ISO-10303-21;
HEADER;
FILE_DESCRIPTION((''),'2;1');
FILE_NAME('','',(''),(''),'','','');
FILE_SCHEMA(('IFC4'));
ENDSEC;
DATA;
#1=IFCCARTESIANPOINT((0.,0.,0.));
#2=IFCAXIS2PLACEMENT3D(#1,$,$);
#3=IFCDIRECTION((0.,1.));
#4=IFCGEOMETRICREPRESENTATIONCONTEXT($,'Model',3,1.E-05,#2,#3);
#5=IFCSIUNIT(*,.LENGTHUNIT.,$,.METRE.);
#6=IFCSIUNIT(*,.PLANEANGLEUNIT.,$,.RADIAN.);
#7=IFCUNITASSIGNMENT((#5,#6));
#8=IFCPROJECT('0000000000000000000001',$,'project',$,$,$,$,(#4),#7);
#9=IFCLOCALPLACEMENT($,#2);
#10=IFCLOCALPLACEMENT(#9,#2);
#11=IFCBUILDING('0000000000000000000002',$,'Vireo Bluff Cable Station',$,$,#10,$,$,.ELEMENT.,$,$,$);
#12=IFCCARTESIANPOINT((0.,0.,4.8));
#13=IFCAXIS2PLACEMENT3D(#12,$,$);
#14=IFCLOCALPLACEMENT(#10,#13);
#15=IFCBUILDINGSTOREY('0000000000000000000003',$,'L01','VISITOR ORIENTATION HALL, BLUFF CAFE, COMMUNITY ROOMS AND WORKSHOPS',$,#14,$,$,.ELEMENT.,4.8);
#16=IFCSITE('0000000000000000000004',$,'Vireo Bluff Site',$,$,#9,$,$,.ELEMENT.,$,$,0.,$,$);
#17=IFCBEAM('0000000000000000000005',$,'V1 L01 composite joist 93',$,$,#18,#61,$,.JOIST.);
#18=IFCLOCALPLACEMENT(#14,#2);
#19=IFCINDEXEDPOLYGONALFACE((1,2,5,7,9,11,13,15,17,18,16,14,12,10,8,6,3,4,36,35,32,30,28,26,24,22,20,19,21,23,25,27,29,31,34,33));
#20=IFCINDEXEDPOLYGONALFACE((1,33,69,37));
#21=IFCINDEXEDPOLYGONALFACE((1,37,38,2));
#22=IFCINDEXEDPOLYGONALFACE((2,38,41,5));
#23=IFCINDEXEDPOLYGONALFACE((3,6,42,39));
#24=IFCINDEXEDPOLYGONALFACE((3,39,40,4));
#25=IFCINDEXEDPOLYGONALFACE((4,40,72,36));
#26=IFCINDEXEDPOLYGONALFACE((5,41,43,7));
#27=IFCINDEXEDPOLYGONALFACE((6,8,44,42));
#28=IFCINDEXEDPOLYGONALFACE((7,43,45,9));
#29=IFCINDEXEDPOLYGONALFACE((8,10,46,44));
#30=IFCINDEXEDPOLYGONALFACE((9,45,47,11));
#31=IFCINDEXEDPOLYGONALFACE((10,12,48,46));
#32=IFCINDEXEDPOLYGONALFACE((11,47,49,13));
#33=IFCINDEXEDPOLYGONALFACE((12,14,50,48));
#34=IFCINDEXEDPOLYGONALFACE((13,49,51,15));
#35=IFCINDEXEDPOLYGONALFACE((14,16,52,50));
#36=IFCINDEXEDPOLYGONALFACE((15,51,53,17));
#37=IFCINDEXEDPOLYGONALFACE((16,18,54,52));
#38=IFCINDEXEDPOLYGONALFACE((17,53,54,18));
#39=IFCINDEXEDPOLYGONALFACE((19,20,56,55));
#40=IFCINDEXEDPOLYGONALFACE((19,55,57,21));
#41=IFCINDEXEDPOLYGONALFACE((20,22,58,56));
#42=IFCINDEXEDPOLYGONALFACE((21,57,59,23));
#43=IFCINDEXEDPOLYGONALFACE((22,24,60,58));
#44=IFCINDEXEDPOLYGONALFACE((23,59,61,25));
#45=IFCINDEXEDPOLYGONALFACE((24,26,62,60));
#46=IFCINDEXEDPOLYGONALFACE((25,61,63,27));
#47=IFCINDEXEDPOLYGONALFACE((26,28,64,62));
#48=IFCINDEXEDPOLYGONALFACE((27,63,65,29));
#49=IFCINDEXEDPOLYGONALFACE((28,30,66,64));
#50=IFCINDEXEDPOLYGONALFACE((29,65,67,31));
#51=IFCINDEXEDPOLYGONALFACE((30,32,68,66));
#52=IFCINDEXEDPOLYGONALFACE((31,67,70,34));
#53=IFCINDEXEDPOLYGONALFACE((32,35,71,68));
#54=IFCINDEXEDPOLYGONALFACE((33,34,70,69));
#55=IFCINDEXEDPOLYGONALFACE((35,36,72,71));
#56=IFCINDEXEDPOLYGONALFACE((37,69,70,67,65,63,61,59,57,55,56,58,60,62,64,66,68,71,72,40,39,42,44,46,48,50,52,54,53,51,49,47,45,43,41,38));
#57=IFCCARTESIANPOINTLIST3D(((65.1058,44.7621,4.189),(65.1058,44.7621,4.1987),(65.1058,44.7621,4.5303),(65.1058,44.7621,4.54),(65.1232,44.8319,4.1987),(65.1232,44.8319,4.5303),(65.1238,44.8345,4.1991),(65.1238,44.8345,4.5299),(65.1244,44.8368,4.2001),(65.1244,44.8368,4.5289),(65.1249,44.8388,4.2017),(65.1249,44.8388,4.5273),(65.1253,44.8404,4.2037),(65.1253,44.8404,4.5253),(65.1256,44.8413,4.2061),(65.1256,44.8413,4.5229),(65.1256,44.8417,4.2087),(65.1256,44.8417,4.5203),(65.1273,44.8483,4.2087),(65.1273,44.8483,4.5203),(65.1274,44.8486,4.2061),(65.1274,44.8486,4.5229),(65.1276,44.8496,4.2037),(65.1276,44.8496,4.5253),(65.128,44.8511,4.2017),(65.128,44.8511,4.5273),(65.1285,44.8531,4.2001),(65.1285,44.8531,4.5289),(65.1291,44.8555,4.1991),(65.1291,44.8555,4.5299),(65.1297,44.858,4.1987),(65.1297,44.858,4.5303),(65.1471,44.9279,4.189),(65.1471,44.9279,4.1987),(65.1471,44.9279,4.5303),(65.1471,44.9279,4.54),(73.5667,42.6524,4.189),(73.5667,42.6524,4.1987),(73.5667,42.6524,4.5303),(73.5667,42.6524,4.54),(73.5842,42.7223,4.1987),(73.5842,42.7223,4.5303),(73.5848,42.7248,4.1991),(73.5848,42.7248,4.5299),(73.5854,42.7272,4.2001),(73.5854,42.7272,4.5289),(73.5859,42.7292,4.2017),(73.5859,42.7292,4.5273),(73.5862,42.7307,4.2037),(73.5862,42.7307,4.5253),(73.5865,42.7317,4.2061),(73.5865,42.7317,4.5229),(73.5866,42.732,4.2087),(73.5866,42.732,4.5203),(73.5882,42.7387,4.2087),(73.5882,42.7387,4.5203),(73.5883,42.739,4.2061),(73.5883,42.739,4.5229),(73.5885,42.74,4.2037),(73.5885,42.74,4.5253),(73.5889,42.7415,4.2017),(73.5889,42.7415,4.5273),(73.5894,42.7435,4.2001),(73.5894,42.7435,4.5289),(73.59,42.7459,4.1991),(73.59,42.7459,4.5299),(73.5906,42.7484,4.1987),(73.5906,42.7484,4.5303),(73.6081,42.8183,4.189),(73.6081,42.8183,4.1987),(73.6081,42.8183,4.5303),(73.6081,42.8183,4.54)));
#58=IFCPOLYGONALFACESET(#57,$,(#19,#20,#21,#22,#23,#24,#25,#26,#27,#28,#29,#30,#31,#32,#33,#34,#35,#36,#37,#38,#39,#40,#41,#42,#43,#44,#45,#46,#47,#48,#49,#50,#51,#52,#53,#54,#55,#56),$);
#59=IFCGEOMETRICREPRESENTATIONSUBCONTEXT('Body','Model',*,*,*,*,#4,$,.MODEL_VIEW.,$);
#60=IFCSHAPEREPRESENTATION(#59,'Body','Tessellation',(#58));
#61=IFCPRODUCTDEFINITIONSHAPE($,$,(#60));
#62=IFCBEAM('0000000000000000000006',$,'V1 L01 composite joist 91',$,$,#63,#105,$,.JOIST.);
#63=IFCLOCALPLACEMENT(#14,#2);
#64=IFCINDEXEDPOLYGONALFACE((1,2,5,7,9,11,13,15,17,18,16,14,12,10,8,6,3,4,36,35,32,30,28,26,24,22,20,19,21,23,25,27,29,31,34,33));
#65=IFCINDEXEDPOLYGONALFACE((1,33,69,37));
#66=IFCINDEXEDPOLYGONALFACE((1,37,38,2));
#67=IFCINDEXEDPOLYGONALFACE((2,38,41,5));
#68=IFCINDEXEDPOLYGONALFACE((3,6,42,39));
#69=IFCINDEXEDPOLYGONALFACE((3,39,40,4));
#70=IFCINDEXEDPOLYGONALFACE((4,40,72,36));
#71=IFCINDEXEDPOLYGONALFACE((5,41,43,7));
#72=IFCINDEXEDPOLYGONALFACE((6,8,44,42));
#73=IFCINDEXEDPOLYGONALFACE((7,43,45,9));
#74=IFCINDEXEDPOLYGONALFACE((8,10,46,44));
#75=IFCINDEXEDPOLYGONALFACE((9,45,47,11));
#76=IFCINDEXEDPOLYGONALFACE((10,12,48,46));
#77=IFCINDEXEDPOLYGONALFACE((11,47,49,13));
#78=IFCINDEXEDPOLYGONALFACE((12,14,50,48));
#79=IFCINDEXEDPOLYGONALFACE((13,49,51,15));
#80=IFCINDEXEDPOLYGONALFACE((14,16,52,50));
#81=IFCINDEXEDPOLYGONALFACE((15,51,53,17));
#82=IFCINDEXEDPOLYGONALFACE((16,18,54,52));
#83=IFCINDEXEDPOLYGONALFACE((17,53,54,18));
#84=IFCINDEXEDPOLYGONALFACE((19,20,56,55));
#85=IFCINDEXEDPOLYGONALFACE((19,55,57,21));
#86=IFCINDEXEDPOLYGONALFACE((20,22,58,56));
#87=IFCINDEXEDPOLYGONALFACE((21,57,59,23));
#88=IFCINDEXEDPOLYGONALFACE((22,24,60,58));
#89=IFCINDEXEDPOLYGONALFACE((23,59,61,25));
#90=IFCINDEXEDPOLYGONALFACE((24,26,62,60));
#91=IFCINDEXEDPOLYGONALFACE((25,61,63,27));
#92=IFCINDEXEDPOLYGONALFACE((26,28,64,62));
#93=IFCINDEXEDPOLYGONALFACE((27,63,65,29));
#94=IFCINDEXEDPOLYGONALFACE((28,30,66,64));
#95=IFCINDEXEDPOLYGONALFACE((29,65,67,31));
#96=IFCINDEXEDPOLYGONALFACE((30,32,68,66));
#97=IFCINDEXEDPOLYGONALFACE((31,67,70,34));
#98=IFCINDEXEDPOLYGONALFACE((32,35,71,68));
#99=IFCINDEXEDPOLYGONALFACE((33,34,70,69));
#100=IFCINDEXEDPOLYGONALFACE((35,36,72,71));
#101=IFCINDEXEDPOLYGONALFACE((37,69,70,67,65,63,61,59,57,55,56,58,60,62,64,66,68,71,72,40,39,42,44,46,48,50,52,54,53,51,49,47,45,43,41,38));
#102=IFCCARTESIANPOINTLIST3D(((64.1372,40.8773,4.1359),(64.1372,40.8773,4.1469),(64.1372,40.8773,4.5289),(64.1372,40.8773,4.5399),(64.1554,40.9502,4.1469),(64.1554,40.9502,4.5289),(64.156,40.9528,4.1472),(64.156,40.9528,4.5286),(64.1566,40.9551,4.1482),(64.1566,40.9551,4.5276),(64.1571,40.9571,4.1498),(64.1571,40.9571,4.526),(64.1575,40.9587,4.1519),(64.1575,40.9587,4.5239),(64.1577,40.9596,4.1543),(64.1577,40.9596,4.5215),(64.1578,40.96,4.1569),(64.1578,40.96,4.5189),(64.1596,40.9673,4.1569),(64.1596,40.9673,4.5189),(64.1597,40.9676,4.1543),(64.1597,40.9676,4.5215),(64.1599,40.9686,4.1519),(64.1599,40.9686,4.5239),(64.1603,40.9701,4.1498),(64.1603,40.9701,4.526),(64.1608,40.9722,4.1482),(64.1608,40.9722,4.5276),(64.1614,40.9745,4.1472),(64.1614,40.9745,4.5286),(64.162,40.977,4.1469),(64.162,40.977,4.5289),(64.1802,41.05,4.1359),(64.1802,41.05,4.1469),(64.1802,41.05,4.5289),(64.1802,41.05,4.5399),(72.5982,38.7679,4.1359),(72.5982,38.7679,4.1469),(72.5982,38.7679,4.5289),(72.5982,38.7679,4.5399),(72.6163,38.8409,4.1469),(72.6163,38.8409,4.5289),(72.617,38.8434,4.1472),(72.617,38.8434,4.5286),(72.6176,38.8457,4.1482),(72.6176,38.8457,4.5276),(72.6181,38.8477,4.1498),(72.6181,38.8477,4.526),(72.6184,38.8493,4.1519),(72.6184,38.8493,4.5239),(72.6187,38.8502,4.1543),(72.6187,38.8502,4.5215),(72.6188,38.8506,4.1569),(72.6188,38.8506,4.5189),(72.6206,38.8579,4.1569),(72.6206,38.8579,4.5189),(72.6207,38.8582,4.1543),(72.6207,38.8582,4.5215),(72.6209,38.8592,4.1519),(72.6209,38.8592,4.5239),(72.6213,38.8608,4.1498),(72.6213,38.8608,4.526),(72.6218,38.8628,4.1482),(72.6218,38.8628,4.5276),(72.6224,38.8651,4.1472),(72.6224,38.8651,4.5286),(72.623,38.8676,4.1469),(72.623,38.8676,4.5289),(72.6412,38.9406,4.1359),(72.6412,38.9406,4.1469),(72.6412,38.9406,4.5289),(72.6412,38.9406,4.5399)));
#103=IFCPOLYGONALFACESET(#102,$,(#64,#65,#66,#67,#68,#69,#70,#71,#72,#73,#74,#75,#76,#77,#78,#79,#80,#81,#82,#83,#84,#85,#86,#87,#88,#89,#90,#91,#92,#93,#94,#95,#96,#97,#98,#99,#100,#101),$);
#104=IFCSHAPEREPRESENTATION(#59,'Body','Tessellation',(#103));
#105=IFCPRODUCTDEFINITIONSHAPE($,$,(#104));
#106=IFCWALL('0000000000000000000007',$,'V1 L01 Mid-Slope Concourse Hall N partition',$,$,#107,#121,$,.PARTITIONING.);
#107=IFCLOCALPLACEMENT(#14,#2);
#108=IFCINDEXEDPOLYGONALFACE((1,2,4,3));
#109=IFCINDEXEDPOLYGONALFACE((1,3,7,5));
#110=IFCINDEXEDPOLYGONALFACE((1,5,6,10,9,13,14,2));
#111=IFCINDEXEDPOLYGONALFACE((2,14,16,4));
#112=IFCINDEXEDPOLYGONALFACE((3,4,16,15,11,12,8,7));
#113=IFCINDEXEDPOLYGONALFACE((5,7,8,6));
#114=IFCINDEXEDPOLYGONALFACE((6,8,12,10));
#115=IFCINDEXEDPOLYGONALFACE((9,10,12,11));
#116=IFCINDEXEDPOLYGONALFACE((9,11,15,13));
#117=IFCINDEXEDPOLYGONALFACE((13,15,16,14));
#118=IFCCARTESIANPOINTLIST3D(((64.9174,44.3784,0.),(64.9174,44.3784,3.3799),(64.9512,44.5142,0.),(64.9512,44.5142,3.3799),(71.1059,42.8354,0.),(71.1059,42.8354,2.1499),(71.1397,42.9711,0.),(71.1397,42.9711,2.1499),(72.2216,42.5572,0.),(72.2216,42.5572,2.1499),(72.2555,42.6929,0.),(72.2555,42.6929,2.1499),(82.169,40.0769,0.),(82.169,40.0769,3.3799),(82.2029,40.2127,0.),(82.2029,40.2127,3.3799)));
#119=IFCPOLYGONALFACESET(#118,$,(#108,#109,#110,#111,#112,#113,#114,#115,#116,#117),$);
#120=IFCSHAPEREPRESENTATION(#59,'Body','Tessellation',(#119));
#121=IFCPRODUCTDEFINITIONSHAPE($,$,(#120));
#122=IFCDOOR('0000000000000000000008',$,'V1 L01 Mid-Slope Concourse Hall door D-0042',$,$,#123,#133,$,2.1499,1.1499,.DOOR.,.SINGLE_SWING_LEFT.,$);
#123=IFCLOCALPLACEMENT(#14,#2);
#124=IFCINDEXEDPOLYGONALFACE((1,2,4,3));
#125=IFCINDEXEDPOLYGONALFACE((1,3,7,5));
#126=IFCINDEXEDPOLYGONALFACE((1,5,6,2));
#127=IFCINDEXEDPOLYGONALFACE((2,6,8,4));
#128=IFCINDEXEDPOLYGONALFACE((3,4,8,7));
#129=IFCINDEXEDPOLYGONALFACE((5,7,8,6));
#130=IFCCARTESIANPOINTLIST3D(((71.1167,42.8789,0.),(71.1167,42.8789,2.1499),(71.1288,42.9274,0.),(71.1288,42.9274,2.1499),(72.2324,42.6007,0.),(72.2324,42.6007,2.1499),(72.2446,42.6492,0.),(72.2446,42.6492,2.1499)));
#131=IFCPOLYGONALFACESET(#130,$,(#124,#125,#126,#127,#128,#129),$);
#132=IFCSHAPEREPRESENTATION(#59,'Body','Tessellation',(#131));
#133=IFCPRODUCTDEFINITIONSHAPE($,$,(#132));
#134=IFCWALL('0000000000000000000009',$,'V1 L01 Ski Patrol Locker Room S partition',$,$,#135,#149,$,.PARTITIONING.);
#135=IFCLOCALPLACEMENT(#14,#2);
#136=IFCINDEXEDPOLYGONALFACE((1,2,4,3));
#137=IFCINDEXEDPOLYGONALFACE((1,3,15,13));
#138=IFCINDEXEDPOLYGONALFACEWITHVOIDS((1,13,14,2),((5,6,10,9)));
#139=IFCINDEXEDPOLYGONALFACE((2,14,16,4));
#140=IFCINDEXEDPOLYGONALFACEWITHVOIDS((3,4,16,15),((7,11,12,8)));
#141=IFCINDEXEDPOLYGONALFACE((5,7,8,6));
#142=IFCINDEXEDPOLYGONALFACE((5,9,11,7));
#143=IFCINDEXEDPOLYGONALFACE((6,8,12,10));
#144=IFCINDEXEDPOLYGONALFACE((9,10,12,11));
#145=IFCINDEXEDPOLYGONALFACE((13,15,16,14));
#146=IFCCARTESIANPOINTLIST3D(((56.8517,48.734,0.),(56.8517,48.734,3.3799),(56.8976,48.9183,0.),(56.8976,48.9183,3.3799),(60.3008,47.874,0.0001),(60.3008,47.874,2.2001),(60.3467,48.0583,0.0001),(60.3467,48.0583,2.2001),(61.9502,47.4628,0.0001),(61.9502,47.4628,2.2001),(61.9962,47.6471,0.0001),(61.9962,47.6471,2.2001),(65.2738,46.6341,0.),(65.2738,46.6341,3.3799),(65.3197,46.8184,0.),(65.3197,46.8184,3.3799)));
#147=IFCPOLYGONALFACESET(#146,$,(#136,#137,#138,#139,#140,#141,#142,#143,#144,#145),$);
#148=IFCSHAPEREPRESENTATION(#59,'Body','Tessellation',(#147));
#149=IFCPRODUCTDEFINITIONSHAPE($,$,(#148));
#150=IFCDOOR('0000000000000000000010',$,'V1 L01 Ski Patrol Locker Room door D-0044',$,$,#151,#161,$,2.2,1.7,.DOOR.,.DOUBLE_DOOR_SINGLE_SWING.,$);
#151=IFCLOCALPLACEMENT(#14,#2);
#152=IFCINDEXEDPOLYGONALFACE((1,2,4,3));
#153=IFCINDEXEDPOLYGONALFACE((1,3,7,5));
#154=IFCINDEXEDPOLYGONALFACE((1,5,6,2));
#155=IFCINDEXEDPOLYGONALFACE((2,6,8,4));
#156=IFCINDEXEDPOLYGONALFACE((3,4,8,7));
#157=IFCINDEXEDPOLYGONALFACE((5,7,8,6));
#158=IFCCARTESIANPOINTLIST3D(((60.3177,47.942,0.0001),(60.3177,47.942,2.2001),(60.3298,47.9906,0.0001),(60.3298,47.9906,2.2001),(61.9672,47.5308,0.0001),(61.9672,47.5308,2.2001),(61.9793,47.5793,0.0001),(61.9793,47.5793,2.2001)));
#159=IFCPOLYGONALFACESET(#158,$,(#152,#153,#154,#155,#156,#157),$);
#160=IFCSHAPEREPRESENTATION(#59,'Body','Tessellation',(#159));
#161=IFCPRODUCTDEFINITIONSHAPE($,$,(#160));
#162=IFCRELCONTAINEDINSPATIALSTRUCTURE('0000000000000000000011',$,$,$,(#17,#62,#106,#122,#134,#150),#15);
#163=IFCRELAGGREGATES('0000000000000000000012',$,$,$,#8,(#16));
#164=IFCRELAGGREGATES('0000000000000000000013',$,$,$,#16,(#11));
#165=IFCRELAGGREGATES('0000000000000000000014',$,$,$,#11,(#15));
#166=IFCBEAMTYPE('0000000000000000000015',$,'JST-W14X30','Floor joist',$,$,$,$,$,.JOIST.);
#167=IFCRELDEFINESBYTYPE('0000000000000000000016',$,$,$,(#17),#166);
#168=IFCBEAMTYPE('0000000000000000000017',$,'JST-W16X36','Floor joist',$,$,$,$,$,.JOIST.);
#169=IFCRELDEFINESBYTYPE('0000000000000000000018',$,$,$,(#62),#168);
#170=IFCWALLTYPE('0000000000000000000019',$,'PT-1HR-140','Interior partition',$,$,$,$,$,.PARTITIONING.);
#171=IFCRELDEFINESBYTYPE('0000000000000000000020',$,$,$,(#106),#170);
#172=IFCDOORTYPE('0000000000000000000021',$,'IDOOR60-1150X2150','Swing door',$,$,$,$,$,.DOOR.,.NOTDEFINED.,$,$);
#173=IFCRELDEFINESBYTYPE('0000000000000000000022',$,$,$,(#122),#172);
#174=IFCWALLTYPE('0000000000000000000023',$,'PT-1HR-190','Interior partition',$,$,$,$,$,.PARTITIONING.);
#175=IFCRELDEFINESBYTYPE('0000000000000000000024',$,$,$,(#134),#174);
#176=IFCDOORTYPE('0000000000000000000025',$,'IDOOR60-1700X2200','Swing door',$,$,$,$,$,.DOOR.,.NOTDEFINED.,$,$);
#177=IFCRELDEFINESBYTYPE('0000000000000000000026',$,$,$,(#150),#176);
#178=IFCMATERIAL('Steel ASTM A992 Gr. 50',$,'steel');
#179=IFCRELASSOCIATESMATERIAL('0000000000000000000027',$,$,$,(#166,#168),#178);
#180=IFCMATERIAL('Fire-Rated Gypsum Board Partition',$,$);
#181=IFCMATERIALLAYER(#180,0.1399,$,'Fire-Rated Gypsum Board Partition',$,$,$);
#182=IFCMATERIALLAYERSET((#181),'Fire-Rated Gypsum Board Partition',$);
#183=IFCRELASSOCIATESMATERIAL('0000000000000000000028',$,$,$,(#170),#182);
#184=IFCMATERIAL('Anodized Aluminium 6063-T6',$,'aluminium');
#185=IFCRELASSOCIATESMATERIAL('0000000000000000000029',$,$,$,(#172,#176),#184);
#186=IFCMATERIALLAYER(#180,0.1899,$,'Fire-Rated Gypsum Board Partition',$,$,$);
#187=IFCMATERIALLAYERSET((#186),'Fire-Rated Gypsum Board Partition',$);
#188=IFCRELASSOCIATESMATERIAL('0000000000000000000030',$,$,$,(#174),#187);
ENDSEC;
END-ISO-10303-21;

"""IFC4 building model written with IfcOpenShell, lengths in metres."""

from ifc_helpers import new_model, si_unit, direction, frame, frame_2d, origin, origin_with_axes, origin_2d, place, context, subcontext, project, spatial, rectangle, i_section, extrude, material, layer, layer_set, material_profile, profile_set, type_object, element, fill, save


model = new_model("IFC4")

# Units and contexts
model_context = context("Model", 3, precision=1e-05, world=origin(), true_north=direction((0.0, 1.0)))
body_context = subcontext(model_context, "Body", "Model", "MODEL_VIEW")
ifc_project = project(units=[si_unit("LENGTHUNIT", "METRE"), si_unit("PLANEANGLEUNIT", "RADIAN")], contexts=[model_context])

# Site, building, storey
site_placement = place(None, origin())
site = spatial("IfcSite", under=ifc_project, at=site_placement, Name="Vireo Bluff Site", CompositionType="ELEMENT", RefElevation=0.0)
building_placement = place(site_placement, origin())
building = spatial("IfcBuilding", under=site, at=building_placement, Name="Vireo Bluff Cable Station", CompositionType="ELEMENT")
storey_placement = place(building_placement, frame((0.0, 0.0, 4.8)))
storey = spatial("IfcBuildingStorey", under=building, at=storey_placement, Name="L01", Description="VISITOR ORIENTATION HALL, BLUFF CAFE, COMMUNITY ROOMS AND WORKSHOPS", CompositionType="ELEMENT", Elevation=4.8)

# Shared definitions
ifc_material_1 = material(Name="Steel ASTM A992 Gr. 50", Category="steel")

# Beams
ifc_material_profile_1 = material_profile(ifc_material_1, i_section(OverallWidth=0.1709, OverallDepth=0.3511, WebThickness=0.0068, FlangeThickness=0.0098, FilletRadius=0.01, at=origin_2d()), Name="W14X30")
ifc_profile_set_1 = profile_set([ifc_material_profile_1], Name="Steel ASTM A992 Gr. 50")
beam_type_1 = type_object("IfcBeamType", Name="JST-W14X30", Description="Floor joist", PredefinedType="JOIST", material=ifc_profile_set_1)
beam_1_placement = place(storey_placement, frame((65.1265, 44.845, 4.3645), z_axis=(0.970294, -0.24193, 0.0), x_axis=(0.24193, 0.970294, 0.0)))
element("IfcBeam", 1, at=beam_1_placement, inside=storey, type_object=beam_type_1, Name="V1 L01 composite joist 93", PredefinedType="JOIST", context=body_context, shape_type="SweptSolid", body=[
    extrude(i_section(OverallWidth=0.1709, OverallDepth=0.3511, WebThickness=0.0068, FlangeThickness=0.0098, FilletRadius=0.01, at=origin_2d()), origin(), (0.0, 0.0, 1.0), 8.72),
])
ifc_material_profile_2 = material_profile(ifc_material_1, i_section(OverallWidth=0.178, OverallDepth=0.4041, WebThickness=0.0076, FlangeThickness=0.011, FilletRadius=0.01, at=origin_2d()), Name="W16X36")
ifc_profile_set_2 = profile_set([ifc_material_profile_2], Name="Steel ASTM A992 Gr. 50")
beam_type_2 = type_object("IfcBeamType", Name="JST-W16X36", Description="Floor joist", PredefinedType="JOIST", material=ifc_profile_set_2)
beam_2_placement = place(storey_placement, frame((64.1587, 40.9636, 4.3379), z_axis=(0.9703, -0.241903, 0.0), x_axis=(0.241903, 0.9703, 0.0)))
element("IfcBeam", 2, at=beam_2_placement, inside=storey, type_object=beam_type_2, Name="V1 L01 composite joist 91", PredefinedType="JOIST", context=body_context, shape_type="SweptSolid", body=[
    extrude(i_section(OverallWidth=0.178, OverallDepth=0.4041, WebThickness=0.0076, FlangeThickness=0.011, FilletRadius=0.01, at=origin_2d()), origin(), (0.0, 0.0, 1.0), 8.72),
])

# Walls, openings, doors
ifc_material_2 = material(Name="Fire-Rated Gypsum Board Partition")
ifc_layer_1 = layer(ifc_material_2, 0.1399, Name="Fire-Rated Gypsum Board Partition")
ifc_layer_set_1 = layer_set([ifc_layer_1], Name="Fire-Rated Gypsum Board Partition")
wall_type_1 = type_object("IfcWallType", Name="PT-1HR-140", Description="Interior partition", PredefinedType="PARTITIONING", material=ifc_layer_set_1)
wall_1_placement = place(storey_placement, frame((64.9343, 44.4463, 0.0), z_axis=(0.0, 0.0, 1.0), x_axis=(0.970293, -0.241931, 0.0)))
wall_1 = element("IfcWall", 3, at=wall_1_placement, inside=storey, type_object=wall_type_1, Name="V1 L01 Mid-Slope Concourse Hall N partition", PredefinedType="PARTITIONING", context=body_context, shape_type="SweptSolid", body=[
    extrude(rectangle(XDim=17.7798, YDim=0.1399, at=frame_2d((8.8899, 0.0))), origin(), (0.0, 0.0, 1.0), 3.3799),
])
opening_1_placement = place(wall_1_placement, frame((6.3779, 0.0, 0.0)))
opening_1 = element("IfcOpeningElement", 4, at=opening_1_placement, cuts=wall_1, PredefinedType="OPENING", context=body_context, shape_type="SweptSolid", body=[
    extrude(rectangle(XDim=1.1499, YDim=2.1499, at=frame_2d((0.575, 1.075))), frame((0.0, 0.0801, 0.0), z_axis=(0.0, -1.0, 0.0), x_axis=(1.0, 0.0, 0.0)), (0.0, 0.0, 1.0), 0.1599),
])
ifc_material_3 = material(Name="Anodized Aluminium 6063-T6", Category="aluminium")
door_type_1 = type_object("IfcDoorType", Name="IDOOR60-1150X2150", Description="Swing door", OperationType="NOTDEFINED", PredefinedType="DOOR", material=ifc_material_3)
door_1_placement = place(opening_1_placement, origin_with_axes())
door_1 = element("IfcDoor", 5, at=door_1_placement, inside=storey, type_object=door_type_1, Name="V1 L01 Mid-Slope Concourse Hall door D-0042", OperationType="SINGLE_SWING_LEFT", OverallHeight=2.1499, OverallWidth=1.1499, PredefinedType="DOOR", context=body_context, shape_type="SweptSolid", body=[
    extrude(rectangle(XDim=1.1499, YDim=2.1499, at=frame_2d((0.575, 1.075))), frame((0.0, 0.0249, 0.0), z_axis=(0.0, -1.0, 0.0), x_axis=(1.0, 0.0, 0.0)), (0.0, 0.0, 1.0), 0.05),
])
fill(opening_1, door_1)
ifc_layer_2 = layer(ifc_material_2, 0.1899, Name="Fire-Rated Gypsum Board Partition")
ifc_layer_set_2 = layer_set([ifc_layer_2], Name="Fire-Rated Gypsum Board Partition")
wall_type_2 = type_object("IfcWallType", Name="PT-1HR-190", Description="Interior partition", PredefinedType="PARTITIONING", material=ifc_layer_set_2)
wall_2_placement = place(storey_placement, frame((65.2966, 46.7263, 0.0), z_axis=(0.0, 0.0, 1.0), x_axis=(-0.970296, 0.24192, 0.0)))
wall_2 = element("IfcWall", 6, at=wall_2_placement, inside=storey, type_object=wall_type_2, Name="V1 L01 Ski Patrol Locker Room S partition", PredefinedType="PARTITIONING", context=body_context, shape_type="SweptSolid", body=[
    extrude(rectangle(XDim=8.6799, YDim=0.1899, at=frame_2d((4.3398, 0.0))), origin(), (0.0, 0.0, 1.0), 3.3799),
])
opening_2_placement = place(wall_2_placement, frame((3.425, 0.0, 0.0)))
opening_2 = element("IfcOpeningElement", 7, at=opening_2_placement, cuts=wall_2, PredefinedType="OPENING", context=body_context, shape_type="SweptSolid", body=[
    extrude(rectangle(XDim=1.7, YDim=2.2, at=frame_2d((0.8501, 1.1001))), frame((0.0, 0.105, 0.0), z_axis=(0.0, -1.0, 0.0), x_axis=(1.0, 0.0, 0.0)), (0.0, 0.0, 1.0), 0.21),
])
door_type_2 = type_object("IfcDoorType", Name="IDOOR60-1700X2200", Description="Swing door", OperationType="NOTDEFINED", PredefinedType="DOOR", material=ifc_material_3)
door_2_placement = place(opening_2_placement, origin_with_axes())
door_2 = element("IfcDoor", 8, at=door_2_placement, inside=storey, type_object=door_type_2, Name="V1 L01 Ski Patrol Locker Room door D-0044", OperationType="DOUBLE_DOOR_SINGLE_SWING", OverallHeight=2.2, OverallWidth=1.7, PredefinedType="DOOR", context=body_context, shape_type="SweptSolid", body=[
    extrude(rectangle(XDim=1.7, YDim=2.2, at=frame_2d((0.8501, 1.1001))), frame((0.0, 0.0249, 0.0), z_axis=(0.0, -1.0, 0.0), x_axis=(1.0, 0.0, 0.0)), (0.0, 0.0, 1.0), 0.05),
])
fill(opening_2, door_2)

save(model, "model.ifc")
